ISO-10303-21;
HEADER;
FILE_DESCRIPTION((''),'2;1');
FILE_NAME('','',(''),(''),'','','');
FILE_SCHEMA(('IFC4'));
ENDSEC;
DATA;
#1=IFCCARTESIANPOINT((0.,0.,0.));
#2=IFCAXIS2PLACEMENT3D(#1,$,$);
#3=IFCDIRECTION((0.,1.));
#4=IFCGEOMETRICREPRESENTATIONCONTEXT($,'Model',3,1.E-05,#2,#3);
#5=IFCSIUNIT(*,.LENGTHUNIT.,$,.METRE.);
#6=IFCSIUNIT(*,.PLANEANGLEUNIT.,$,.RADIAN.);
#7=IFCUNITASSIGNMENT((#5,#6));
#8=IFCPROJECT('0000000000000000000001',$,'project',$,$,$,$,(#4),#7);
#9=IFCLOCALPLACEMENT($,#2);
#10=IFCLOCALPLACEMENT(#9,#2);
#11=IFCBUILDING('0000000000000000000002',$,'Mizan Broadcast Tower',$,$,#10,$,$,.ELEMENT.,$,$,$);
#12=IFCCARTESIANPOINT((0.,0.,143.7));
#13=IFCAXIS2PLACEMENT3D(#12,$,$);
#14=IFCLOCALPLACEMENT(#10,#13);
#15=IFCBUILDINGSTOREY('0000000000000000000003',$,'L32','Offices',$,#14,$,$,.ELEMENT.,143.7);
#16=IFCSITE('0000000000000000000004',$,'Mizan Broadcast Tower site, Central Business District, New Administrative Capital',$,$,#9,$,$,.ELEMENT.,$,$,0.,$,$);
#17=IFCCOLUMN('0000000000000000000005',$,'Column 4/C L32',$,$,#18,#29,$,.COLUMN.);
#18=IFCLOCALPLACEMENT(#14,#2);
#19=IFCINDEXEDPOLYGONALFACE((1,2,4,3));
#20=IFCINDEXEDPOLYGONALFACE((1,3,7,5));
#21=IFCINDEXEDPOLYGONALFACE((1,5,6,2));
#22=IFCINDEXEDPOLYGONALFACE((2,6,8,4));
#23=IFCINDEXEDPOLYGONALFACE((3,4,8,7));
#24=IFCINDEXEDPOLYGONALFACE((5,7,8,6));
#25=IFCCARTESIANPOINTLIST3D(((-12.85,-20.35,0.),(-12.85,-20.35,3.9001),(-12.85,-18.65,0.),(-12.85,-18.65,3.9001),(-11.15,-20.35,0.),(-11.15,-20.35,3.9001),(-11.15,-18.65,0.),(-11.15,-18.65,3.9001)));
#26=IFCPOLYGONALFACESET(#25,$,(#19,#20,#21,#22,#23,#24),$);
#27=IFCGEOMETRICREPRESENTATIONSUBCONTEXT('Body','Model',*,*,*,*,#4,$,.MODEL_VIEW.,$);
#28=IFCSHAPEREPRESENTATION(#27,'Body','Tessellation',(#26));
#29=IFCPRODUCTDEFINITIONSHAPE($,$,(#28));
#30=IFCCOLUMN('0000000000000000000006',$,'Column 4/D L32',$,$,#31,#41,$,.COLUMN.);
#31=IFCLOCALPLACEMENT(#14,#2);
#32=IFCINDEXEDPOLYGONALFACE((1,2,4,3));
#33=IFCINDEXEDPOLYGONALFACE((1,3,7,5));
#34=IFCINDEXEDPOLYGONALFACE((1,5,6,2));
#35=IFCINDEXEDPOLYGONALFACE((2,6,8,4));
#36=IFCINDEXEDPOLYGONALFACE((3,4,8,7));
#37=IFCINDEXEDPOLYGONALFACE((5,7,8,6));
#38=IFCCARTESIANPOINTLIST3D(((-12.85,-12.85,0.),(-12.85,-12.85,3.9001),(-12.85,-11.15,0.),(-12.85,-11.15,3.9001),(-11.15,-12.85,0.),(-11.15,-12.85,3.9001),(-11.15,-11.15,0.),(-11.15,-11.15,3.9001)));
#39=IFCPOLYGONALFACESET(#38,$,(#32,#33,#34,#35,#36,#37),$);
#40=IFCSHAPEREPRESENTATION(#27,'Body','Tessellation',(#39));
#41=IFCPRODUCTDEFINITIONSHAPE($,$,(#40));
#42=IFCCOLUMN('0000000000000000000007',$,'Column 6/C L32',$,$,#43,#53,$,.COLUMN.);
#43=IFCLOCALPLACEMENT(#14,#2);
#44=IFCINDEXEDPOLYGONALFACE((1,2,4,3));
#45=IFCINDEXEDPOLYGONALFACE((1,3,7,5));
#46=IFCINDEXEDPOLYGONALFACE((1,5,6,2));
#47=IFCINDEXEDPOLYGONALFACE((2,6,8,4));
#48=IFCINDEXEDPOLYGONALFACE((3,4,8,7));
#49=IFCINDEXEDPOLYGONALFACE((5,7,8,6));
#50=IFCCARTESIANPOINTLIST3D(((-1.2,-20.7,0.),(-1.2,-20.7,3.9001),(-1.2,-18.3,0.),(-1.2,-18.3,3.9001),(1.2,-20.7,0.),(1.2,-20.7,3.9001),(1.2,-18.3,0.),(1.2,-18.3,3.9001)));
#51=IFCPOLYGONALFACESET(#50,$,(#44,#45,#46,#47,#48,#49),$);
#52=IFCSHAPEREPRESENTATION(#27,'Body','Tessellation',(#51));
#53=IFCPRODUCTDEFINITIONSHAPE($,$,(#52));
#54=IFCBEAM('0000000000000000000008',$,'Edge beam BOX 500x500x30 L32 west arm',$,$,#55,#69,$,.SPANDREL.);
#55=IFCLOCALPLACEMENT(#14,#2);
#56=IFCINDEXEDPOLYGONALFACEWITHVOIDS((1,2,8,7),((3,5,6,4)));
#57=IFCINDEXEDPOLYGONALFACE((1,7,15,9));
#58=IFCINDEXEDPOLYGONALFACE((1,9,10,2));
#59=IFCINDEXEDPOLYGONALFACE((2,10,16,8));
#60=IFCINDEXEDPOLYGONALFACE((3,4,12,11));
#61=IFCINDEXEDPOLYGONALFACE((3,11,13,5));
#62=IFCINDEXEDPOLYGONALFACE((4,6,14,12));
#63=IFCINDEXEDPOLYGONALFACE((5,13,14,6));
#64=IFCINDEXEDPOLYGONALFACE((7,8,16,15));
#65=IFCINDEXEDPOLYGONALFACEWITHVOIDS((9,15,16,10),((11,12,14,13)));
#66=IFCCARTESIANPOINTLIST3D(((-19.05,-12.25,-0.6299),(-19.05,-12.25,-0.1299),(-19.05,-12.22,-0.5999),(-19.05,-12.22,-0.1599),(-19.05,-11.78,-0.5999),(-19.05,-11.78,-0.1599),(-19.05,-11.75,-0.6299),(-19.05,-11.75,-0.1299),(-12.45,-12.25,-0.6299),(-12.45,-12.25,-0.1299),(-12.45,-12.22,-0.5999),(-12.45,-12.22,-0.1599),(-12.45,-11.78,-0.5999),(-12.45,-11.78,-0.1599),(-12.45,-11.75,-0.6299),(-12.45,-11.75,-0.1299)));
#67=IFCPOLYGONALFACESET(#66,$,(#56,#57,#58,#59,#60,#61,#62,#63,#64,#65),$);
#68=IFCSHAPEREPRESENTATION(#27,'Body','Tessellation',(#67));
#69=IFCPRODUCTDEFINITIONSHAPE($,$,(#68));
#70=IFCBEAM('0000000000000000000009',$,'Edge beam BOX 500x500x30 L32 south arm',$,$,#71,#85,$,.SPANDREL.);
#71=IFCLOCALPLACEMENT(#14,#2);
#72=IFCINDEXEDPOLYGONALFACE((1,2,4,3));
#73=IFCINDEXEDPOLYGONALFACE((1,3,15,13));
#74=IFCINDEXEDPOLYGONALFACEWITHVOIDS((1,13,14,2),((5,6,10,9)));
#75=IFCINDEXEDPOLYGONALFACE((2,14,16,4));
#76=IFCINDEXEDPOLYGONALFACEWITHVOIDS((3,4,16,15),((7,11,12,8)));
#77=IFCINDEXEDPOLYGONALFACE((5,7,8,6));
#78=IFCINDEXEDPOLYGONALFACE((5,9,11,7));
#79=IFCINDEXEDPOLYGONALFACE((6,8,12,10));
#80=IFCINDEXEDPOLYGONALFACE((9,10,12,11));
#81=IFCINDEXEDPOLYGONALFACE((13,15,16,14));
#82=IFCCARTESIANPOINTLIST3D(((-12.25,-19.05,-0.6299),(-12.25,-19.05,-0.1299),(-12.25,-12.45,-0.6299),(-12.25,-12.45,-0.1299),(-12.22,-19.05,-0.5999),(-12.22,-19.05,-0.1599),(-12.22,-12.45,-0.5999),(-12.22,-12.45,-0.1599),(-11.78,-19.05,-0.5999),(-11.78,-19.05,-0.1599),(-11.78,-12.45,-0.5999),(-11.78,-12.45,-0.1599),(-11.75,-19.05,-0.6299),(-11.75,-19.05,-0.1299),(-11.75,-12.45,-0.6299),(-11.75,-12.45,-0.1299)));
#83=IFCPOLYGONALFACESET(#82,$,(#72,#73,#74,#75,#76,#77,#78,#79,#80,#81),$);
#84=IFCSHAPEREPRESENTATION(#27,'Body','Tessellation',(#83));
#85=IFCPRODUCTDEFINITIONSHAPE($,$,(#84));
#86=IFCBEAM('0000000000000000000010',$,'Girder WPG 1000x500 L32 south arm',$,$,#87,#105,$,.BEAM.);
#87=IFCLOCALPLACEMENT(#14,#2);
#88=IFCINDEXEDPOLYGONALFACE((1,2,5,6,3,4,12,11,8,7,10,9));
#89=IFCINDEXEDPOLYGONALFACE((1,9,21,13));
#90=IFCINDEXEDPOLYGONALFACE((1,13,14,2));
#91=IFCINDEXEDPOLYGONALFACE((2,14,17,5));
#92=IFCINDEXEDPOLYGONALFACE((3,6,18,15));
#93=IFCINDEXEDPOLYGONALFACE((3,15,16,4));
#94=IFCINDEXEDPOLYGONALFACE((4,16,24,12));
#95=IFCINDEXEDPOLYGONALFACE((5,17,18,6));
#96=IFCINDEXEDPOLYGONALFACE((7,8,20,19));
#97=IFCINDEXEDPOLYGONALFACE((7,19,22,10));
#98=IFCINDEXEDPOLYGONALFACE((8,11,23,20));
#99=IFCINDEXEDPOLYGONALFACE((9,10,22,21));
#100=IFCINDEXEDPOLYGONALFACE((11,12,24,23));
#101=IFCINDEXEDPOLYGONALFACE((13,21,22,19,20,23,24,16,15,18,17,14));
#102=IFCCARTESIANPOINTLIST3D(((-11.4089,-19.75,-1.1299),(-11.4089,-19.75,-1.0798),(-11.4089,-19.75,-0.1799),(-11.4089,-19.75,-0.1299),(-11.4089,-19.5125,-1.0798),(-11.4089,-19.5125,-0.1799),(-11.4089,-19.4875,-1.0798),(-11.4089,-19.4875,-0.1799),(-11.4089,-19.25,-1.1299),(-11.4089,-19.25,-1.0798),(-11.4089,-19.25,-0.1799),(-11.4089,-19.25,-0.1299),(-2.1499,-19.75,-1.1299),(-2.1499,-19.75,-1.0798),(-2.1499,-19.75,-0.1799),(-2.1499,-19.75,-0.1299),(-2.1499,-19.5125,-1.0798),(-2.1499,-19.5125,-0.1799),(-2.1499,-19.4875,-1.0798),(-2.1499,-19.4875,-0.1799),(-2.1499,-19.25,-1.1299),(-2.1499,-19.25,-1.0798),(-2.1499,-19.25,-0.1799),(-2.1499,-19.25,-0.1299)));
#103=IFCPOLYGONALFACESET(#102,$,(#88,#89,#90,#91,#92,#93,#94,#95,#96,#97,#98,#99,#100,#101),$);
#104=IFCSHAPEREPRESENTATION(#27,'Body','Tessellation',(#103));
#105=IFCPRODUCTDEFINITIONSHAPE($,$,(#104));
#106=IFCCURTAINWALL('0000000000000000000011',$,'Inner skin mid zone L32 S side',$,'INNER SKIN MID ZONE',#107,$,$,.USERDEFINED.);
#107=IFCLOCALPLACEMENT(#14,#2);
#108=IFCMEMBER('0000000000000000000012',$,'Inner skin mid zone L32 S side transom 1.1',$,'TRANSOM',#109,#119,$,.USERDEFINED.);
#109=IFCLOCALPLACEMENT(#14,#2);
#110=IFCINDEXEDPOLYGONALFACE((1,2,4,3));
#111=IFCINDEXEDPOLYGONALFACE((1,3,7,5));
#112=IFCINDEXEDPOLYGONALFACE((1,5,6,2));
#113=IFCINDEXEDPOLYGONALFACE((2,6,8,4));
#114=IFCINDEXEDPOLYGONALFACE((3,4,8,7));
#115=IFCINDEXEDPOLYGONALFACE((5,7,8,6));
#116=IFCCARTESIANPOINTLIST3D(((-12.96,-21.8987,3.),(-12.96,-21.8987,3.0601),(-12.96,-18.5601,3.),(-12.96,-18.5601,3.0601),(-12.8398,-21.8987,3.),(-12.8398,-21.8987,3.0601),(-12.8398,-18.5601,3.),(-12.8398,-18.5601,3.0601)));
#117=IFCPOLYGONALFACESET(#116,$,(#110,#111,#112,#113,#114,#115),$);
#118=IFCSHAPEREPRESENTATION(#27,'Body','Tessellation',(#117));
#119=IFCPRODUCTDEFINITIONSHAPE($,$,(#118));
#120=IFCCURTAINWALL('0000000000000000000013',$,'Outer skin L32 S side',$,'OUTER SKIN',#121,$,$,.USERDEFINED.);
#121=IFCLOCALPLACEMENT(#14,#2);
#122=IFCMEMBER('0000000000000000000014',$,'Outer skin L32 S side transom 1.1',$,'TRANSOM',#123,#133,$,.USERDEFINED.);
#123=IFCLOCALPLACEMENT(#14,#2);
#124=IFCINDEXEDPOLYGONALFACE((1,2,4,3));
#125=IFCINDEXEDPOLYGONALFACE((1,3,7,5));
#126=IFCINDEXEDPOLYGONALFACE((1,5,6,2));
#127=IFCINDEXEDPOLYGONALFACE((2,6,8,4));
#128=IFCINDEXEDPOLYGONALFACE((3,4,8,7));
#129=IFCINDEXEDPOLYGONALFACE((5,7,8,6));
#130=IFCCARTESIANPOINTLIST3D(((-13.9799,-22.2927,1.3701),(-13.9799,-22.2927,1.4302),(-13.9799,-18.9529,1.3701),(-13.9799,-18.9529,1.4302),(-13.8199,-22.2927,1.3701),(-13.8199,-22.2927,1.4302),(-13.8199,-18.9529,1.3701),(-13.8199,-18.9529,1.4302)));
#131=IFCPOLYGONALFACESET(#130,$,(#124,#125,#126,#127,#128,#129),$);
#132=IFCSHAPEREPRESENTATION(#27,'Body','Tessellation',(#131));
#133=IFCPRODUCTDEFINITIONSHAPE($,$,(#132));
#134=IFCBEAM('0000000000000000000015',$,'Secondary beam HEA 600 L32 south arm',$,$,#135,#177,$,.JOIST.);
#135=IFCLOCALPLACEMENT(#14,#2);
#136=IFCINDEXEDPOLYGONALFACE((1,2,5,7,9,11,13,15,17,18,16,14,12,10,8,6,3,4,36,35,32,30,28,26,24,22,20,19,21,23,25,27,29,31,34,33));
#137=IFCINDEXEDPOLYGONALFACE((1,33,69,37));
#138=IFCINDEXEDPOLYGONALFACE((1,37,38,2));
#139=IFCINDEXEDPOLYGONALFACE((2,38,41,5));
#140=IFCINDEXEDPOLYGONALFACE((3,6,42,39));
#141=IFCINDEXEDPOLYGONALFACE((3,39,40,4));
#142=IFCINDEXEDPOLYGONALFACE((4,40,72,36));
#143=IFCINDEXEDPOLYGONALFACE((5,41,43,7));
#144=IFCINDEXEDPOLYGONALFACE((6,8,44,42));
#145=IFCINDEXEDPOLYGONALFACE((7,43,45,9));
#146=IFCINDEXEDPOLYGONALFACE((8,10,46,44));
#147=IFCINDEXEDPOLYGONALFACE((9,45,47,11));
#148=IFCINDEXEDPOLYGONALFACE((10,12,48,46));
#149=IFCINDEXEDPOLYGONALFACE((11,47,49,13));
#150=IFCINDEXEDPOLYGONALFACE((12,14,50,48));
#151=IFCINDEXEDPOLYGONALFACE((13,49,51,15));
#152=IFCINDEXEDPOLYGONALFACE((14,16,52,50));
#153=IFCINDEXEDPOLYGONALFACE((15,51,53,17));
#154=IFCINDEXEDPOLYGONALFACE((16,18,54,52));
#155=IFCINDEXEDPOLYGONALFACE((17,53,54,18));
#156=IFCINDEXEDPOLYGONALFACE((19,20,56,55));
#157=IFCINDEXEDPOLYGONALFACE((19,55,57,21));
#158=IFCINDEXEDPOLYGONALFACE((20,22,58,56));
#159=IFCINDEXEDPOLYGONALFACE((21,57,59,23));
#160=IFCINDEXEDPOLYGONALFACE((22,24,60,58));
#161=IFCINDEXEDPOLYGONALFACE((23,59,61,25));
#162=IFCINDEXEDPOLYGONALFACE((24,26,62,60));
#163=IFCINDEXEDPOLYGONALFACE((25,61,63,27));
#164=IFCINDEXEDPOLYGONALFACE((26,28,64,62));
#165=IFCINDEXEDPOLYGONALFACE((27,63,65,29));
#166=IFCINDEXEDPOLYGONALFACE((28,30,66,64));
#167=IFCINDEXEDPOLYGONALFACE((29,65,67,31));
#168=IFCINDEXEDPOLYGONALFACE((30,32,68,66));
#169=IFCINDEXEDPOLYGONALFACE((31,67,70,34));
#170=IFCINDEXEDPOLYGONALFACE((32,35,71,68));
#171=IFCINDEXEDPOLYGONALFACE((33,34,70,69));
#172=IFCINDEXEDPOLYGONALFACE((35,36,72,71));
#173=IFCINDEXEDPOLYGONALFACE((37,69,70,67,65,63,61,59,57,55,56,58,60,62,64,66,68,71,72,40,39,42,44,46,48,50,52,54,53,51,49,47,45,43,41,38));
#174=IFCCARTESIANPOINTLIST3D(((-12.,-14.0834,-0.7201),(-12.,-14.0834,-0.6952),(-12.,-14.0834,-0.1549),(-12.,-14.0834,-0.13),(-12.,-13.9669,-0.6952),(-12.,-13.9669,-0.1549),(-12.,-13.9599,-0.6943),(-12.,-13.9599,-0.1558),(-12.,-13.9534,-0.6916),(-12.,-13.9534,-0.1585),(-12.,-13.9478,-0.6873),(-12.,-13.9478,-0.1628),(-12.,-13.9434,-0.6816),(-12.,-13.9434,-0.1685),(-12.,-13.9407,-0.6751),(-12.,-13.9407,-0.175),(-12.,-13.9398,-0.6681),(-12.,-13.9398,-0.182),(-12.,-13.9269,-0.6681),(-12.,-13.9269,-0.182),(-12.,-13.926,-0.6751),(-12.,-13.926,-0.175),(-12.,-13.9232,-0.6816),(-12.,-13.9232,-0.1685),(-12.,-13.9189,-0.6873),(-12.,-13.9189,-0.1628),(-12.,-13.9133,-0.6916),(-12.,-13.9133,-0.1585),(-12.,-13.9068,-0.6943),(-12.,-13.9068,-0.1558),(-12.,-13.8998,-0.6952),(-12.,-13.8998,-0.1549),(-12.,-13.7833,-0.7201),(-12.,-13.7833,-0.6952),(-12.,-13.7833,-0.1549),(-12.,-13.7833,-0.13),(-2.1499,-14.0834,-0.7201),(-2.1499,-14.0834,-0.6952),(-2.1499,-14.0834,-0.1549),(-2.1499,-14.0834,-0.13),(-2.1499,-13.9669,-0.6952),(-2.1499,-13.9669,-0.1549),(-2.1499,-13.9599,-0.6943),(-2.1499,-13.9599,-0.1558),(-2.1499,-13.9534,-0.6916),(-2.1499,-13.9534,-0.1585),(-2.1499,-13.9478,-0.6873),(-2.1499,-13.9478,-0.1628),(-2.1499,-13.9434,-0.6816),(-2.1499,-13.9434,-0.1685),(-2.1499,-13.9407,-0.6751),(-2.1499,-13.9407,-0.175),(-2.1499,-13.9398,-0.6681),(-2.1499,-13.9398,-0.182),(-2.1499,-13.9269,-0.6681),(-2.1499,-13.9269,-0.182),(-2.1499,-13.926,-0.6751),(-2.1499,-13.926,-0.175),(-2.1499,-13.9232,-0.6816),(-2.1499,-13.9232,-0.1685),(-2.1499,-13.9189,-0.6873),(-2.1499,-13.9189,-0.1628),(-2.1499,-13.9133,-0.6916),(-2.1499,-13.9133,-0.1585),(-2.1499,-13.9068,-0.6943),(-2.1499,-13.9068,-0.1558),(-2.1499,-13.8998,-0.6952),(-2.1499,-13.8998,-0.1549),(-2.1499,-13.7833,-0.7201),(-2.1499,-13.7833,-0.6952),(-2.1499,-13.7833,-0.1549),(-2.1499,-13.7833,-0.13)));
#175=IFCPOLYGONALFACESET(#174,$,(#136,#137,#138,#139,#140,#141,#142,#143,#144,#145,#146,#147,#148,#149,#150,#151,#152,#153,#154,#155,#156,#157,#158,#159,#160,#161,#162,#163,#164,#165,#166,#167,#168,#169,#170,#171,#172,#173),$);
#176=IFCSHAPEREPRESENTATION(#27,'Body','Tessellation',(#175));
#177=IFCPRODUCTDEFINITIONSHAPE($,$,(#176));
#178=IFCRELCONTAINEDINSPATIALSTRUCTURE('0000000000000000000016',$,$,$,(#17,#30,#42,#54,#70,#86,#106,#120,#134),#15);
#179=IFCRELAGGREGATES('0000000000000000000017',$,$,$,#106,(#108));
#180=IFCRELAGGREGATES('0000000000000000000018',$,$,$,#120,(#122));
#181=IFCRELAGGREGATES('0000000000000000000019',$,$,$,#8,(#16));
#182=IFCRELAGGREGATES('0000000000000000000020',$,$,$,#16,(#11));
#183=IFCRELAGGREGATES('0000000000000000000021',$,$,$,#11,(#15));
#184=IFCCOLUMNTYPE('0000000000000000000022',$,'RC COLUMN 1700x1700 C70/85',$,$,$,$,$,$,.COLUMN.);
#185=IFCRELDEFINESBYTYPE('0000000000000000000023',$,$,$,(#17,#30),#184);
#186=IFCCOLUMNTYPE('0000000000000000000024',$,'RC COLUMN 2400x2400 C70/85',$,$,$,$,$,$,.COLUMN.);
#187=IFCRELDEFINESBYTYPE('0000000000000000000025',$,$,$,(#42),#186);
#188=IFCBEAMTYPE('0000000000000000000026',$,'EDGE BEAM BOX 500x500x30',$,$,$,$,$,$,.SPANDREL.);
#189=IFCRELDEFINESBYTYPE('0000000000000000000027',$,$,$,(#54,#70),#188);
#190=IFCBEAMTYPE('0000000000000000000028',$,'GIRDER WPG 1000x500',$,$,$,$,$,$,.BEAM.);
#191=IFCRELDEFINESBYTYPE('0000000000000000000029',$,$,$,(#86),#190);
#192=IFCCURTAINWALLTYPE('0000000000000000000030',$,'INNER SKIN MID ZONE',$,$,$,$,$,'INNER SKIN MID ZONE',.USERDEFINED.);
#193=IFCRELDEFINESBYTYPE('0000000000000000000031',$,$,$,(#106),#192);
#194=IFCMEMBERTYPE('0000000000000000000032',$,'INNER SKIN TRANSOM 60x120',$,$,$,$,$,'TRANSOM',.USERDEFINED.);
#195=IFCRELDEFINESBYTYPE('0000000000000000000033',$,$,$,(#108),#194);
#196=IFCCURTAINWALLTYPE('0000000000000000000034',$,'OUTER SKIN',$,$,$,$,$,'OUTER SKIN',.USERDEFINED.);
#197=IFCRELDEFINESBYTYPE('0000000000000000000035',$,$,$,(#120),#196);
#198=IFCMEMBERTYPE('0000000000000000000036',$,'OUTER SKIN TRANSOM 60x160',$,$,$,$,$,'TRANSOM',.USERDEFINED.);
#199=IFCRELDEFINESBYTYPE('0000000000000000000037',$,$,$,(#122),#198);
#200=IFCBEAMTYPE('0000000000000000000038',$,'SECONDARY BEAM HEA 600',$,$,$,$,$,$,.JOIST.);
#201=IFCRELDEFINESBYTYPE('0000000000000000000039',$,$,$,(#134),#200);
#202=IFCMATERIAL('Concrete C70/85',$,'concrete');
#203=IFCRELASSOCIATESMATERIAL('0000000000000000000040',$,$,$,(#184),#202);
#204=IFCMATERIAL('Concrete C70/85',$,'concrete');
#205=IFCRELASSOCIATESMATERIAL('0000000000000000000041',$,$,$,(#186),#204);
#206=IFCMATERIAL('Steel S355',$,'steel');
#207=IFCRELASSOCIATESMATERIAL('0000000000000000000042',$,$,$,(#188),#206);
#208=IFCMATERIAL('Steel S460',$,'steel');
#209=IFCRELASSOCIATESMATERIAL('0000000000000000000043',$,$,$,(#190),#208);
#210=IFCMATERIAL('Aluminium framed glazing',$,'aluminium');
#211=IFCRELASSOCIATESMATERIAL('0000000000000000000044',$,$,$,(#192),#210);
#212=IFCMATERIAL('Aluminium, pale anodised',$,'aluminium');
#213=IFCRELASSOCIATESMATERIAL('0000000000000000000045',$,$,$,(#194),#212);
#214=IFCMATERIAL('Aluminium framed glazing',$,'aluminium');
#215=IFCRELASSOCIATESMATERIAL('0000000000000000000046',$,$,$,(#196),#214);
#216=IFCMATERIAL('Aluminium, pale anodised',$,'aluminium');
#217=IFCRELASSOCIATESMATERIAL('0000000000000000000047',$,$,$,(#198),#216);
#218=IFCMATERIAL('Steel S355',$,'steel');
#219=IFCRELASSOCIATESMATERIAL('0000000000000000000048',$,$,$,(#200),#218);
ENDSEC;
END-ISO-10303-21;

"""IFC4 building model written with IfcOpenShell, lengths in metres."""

from ifc_helpers import new_model, si_unit, direction, frame, origin, origin_2d, place, context, subcontext, project, spatial, rectangle, hollow_rectangle, i_section, extrude, material, material_profile, profile_set, type_object, element, aggregate, save


model = new_model("IFC4")

# Units and contexts
model_context = context("Model", 3, precision=1e-05, world=origin(), true_north=direction((0.0, 1.0)))
body_context = subcontext(model_context, "Body", "Model", "MODEL_VIEW")
ifc_project = project(units=[si_unit("LENGTHUNIT", "METRE"), si_unit("PLANEANGLEUNIT", "RADIAN")], contexts=[model_context])

# Site, building, storey
site_placement = place(None, origin())
site = spatial("IfcSite", under=ifc_project, at=site_placement, Name="Mizan Broadcast Tower site, Central Business District, New Administrative Capital", CompositionType="ELEMENT", RefElevation=0.0)
building_placement = place(site_placement, origin())
building = spatial("IfcBuilding", under=site, at=building_placement, Name="Mizan Broadcast Tower", CompositionType="ELEMENT")
storey_placement = place(building_placement, frame((0.0, 0.0, 143.7)))
storey = spatial("IfcBuildingStorey", under=building, at=storey_placement, Name="L32", Description="Offices", CompositionType="ELEMENT", Elevation=143.7)

# Columns
ifc_material_1 = material(Name="Concrete C70/85", Category="concrete")
ifc_material_profile_1 = material_profile(ifc_material_1, rectangle(XDim=1.7, YDim=1.7, at=origin_2d()), Name="RC 1700x1700")
ifc_profile_set_1 = profile_set([ifc_material_profile_1], Name="Concrete C70/85")
column_type_1 = type_object("IfcColumnType", Name="RC COLUMN 1700x1700 C70/85", PredefinedType="COLUMN", material=ifc_profile_set_1)
for number, where, z_axis, x_axis, name in (
    (1, (-12.0, -19.5, 0.0), (0.0, 0.0, 1.0), (1.0, 0.0, 0.0), "Column 4/C L32"),
    (2, (-12.0, -12.0, 0.0), (0.0, 0.0, 1.0), (1.0, 0.0, 0.0), "Column 4/D L32"),
):
    element("IfcColumn", number, at=place(storey_placement, frame(where, z_axis=z_axis, x_axis=x_axis)), inside=storey, type_object=column_type_1, Name=name, PredefinedType="COLUMN", context=body_context, shape_type="SweptSolid", body=[
        extrude(rectangle(XDim=1.7, YDim=1.7, at=origin_2d()), origin(), (0.0, 0.0, 1.0), 3.9001),
    ])
ifc_material_2 = material(Name="Concrete C70/85", Category="concrete")
ifc_material_profile_2 = material_profile(ifc_material_2, rectangle(XDim=2.3999, YDim=2.3999, at=origin_2d()), Name="RC 2400x2400")
ifc_profile_set_2 = profile_set([ifc_material_profile_2], Name="Concrete C70/85")
column_type_2 = type_object("IfcColumnType", Name="RC COLUMN 2400x2400 C70/85", PredefinedType="COLUMN", material=ifc_profile_set_2)
column_placement = place(storey_placement, frame((0.0, -19.5, 0.0), z_axis=(0.0, 0.0, 1.0), x_axis=(1.0, 0.0, 0.0)))
element("IfcColumn", 3, at=column_placement, inside=storey, type_object=column_type_2, Name="Column 6/C L32", PredefinedType="COLUMN", context=body_context, shape_type="SweptSolid", body=[
    extrude(rectangle(XDim=2.3999, YDim=2.3999, at=origin_2d()), origin(), (0.0, 0.0, 1.0), 3.9001),
])

# Beams
ifc_material_3 = material(Name="Steel S355", Category="steel")
ifc_material_profile_3 = material_profile(ifc_material_3, hollow_rectangle(XDim=0.5, YDim=0.5, WallThickness=0.03, at=origin_2d()), Name="BOX 500x500x30")
ifc_profile_set_3 = profile_set([ifc_material_profile_3], Name="Steel S355")
beam_type_1 = type_object("IfcBeamType", Name="EDGE BEAM BOX 500x500x30", PredefinedType="SPANDREL", material=ifc_profile_set_3)
for number, where, z_axis, x_axis, name in (
    (4, (-12.45, -12.0, -0.3799), (-1.0, 0.0, 0.0), (0.0, -1.0, 0.0), "Edge beam BOX 500x500x30 L32 west arm"),
    (5, (-12.0, -12.45, -0.3799), (0.0, -1.0, 0.0), (1.0, 0.0, 0.0), "Edge beam BOX 500x500x30 L32 south arm"),
):
    element("IfcBeam", number, at=place(storey_placement, frame(where, z_axis=z_axis, x_axis=x_axis)), inside=storey, type_object=beam_type_1, Name=name, PredefinedType="SPANDREL", context=body_context, shape_type="SweptSolid", body=[
        extrude(hollow_rectangle(XDim=0.5, YDim=0.5, WallThickness=0.03, at=origin_2d()), origin(), (0.0, 0.0, 1.0), 6.6001),
    ])
ifc_material_4 = material(Name="Steel S460", Category="steel")
ifc_material_profile_4 = material_profile(ifc_material_4, i_section(OverallWidth=0.5, OverallDepth=1.0, WebThickness=0.0249, FlangeThickness=0.05, at=origin_2d()), Name="WPG 1000x500")
ifc_profile_set_4 = profile_set([ifc_material_profile_4], Name="Steel S460")
beam_type_2 = type_object("IfcBeamType", Name="GIRDER WPG 1000x500", PredefinedType="BEAM", material=ifc_profile_set_4)
beam_1_placement = place(storey_placement, frame((-11.4089, -19.5, -0.6299), z_axis=(1.0, 0.0, 0.0), x_axis=(0.0, 1.0, 0.0)))
element("IfcBeam", 6, at=beam_1_placement, inside=storey, type_object=beam_type_2, Name="Girder WPG 1000x500 L32 south arm", PredefinedType="BEAM", context=body_context, shape_type="SweptSolid", body=[
    extrude(i_section(OverallWidth=0.5, OverallDepth=1.0, WebThickness=0.0249, FlangeThickness=0.05, at=origin_2d()), origin(), (0.0, 0.0, 1.0), 9.259),
])

# Curtain walls, members
ifc_material_5 = material(Name="Aluminium framed glazing", Category="aluminium")
curtain_wall_type_1 = type_object("IfcCurtainWallType", Name="INNER SKIN MID ZONE", ElementType="INNER SKIN MID ZONE", PredefinedType="USERDEFINED", material=ifc_material_5)
curtain_wall_1_placement = place(storey_placement, origin())
curtain_wall_1 = element("IfcCurtainWall", 7, at=curtain_wall_1_placement, inside=storey, type_object=curtain_wall_type_1, Name="Inner skin mid zone L32 S side", ObjectType="INNER SKIN MID ZONE", PredefinedType="USERDEFINED")
ifc_material_6 = material(Name="Aluminium, pale anodised", Category="aluminium")
ifc_material_profile_5 = material_profile(ifc_material_6, rectangle(XDim=0.1201, YDim=0.0601, at=origin_2d()), Name="TRANSOM 120x60")
ifc_profile_set_5 = profile_set([ifc_material_profile_5], Name="Aluminium, pale anodised")
member_type_1 = type_object("IfcMemberType", Name="INNER SKIN TRANSOM 60x120", ElementType="TRANSOM", PredefinedType="USERDEFINED", material=ifc_profile_set_5)
member_1_placement = place(storey_placement, frame((-12.8999, -18.5601, 3.03), z_axis=(0.0, -1.0, 0.0), x_axis=(1.0, 0.0, 0.0)))
member_1 = element("IfcMember", 8, at=member_1_placement, type_object=member_type_1, Name="Inner skin mid zone L32 S side transom 1.1", ObjectType="TRANSOM", PredefinedType="USERDEFINED", context=body_context, shape_type="SweptSolid", body=[
    extrude(rectangle(XDim=0.1201, YDim=0.0601, at=origin_2d()), origin(), (0.0, 0.0, 1.0), 3.3386),
])
aggregate(curtain_wall_1, [member_1])
ifc_material_7 = material(Name="Aluminium framed glazing", Category="aluminium")
curtain_wall_type_2 = type_object("IfcCurtainWallType", Name="OUTER SKIN", ElementType="OUTER SKIN", PredefinedType="USERDEFINED", material=ifc_material_7)
curtain_wall_2_placement = place(storey_placement, origin())
curtain_wall_2 = element("IfcCurtainWall", 9, at=curtain_wall_2_placement, inside=storey, type_object=curtain_wall_type_2, Name="Outer skin L32 S side", ObjectType="OUTER SKIN", PredefinedType="USERDEFINED")
ifc_material_8 = material(Name="Aluminium, pale anodised", Category="aluminium")
ifc_material_profile_6 = material_profile(ifc_material_8, rectangle(XDim=0.1599, YDim=0.0601, at=origin_2d()), Name="TRANSOM 160x60")
ifc_profile_set_6 = profile_set([ifc_material_profile_6], Name="Aluminium, pale anodised")
member_type_2 = type_object("IfcMemberType", Name="OUTER SKIN TRANSOM 60x160", ElementType="TRANSOM", PredefinedType="USERDEFINED", material=ifc_profile_set_6)
member_2_placement = place(storey_placement, frame((-13.8999, -18.9529, 1.4001), z_axis=(0.0, -1.0, 0.0), x_axis=(1.0, 0.0, 0.0)))
member_2 = element("IfcMember", 10, at=member_2_placement, type_object=member_type_2, Name="Outer skin L32 S side transom 1.1", ObjectType="TRANSOM", PredefinedType="USERDEFINED", context=body_context, shape_type="SweptSolid", body=[
    extrude(rectangle(XDim=0.1599, YDim=0.0601, at=origin_2d()), origin(), (0.0, 0.0, 1.0), 3.3398),
])
aggregate(curtain_wall_2, [member_2])

# Beam
ifc_material_9 = material(Name="Steel S355", Category="steel")
ifc_material_profile_7 = material_profile(ifc_material_9, i_section(OverallWidth=0.3, OverallDepth=0.5901, WebThickness=0.0129, FlangeThickness=0.0249, FilletRadius=0.0271, at=origin_2d()), Name="HEA 600")
ifc_profile_set_7 = profile_set([ifc_material_profile_7], Name="Steel S355")
beam_type_3 = type_object("IfcBeamType", Name="SECONDARY BEAM HEA 600", PredefinedType="JOIST", material=ifc_profile_set_7)
for number, where, z_axis, x_axis, name in (
    (11, (-12.0, -13.9333, -0.425), (1.0, 0.0, 0.0), (0.0, 1.0, 0.0), "Secondary beam HEA 600 L32 south arm"),
):
    element("IfcBeam", number, at=place(storey_placement, frame(where, z_axis=z_axis, x_axis=x_axis)), inside=storey, type_object=beam_type_3, Name=name, PredefinedType="JOIST", context=body_context, shape_type="SweptSolid", body=[
        extrude(i_section(OverallWidth=0.3, OverallDepth=0.5901, WebThickness=0.0129, FlangeThickness=0.0249, FilletRadius=0.0271, at=origin_2d()), origin(), (0.0, 0.0, 1.0), 9.8501),
    ])

save(model, "model.ifc")
